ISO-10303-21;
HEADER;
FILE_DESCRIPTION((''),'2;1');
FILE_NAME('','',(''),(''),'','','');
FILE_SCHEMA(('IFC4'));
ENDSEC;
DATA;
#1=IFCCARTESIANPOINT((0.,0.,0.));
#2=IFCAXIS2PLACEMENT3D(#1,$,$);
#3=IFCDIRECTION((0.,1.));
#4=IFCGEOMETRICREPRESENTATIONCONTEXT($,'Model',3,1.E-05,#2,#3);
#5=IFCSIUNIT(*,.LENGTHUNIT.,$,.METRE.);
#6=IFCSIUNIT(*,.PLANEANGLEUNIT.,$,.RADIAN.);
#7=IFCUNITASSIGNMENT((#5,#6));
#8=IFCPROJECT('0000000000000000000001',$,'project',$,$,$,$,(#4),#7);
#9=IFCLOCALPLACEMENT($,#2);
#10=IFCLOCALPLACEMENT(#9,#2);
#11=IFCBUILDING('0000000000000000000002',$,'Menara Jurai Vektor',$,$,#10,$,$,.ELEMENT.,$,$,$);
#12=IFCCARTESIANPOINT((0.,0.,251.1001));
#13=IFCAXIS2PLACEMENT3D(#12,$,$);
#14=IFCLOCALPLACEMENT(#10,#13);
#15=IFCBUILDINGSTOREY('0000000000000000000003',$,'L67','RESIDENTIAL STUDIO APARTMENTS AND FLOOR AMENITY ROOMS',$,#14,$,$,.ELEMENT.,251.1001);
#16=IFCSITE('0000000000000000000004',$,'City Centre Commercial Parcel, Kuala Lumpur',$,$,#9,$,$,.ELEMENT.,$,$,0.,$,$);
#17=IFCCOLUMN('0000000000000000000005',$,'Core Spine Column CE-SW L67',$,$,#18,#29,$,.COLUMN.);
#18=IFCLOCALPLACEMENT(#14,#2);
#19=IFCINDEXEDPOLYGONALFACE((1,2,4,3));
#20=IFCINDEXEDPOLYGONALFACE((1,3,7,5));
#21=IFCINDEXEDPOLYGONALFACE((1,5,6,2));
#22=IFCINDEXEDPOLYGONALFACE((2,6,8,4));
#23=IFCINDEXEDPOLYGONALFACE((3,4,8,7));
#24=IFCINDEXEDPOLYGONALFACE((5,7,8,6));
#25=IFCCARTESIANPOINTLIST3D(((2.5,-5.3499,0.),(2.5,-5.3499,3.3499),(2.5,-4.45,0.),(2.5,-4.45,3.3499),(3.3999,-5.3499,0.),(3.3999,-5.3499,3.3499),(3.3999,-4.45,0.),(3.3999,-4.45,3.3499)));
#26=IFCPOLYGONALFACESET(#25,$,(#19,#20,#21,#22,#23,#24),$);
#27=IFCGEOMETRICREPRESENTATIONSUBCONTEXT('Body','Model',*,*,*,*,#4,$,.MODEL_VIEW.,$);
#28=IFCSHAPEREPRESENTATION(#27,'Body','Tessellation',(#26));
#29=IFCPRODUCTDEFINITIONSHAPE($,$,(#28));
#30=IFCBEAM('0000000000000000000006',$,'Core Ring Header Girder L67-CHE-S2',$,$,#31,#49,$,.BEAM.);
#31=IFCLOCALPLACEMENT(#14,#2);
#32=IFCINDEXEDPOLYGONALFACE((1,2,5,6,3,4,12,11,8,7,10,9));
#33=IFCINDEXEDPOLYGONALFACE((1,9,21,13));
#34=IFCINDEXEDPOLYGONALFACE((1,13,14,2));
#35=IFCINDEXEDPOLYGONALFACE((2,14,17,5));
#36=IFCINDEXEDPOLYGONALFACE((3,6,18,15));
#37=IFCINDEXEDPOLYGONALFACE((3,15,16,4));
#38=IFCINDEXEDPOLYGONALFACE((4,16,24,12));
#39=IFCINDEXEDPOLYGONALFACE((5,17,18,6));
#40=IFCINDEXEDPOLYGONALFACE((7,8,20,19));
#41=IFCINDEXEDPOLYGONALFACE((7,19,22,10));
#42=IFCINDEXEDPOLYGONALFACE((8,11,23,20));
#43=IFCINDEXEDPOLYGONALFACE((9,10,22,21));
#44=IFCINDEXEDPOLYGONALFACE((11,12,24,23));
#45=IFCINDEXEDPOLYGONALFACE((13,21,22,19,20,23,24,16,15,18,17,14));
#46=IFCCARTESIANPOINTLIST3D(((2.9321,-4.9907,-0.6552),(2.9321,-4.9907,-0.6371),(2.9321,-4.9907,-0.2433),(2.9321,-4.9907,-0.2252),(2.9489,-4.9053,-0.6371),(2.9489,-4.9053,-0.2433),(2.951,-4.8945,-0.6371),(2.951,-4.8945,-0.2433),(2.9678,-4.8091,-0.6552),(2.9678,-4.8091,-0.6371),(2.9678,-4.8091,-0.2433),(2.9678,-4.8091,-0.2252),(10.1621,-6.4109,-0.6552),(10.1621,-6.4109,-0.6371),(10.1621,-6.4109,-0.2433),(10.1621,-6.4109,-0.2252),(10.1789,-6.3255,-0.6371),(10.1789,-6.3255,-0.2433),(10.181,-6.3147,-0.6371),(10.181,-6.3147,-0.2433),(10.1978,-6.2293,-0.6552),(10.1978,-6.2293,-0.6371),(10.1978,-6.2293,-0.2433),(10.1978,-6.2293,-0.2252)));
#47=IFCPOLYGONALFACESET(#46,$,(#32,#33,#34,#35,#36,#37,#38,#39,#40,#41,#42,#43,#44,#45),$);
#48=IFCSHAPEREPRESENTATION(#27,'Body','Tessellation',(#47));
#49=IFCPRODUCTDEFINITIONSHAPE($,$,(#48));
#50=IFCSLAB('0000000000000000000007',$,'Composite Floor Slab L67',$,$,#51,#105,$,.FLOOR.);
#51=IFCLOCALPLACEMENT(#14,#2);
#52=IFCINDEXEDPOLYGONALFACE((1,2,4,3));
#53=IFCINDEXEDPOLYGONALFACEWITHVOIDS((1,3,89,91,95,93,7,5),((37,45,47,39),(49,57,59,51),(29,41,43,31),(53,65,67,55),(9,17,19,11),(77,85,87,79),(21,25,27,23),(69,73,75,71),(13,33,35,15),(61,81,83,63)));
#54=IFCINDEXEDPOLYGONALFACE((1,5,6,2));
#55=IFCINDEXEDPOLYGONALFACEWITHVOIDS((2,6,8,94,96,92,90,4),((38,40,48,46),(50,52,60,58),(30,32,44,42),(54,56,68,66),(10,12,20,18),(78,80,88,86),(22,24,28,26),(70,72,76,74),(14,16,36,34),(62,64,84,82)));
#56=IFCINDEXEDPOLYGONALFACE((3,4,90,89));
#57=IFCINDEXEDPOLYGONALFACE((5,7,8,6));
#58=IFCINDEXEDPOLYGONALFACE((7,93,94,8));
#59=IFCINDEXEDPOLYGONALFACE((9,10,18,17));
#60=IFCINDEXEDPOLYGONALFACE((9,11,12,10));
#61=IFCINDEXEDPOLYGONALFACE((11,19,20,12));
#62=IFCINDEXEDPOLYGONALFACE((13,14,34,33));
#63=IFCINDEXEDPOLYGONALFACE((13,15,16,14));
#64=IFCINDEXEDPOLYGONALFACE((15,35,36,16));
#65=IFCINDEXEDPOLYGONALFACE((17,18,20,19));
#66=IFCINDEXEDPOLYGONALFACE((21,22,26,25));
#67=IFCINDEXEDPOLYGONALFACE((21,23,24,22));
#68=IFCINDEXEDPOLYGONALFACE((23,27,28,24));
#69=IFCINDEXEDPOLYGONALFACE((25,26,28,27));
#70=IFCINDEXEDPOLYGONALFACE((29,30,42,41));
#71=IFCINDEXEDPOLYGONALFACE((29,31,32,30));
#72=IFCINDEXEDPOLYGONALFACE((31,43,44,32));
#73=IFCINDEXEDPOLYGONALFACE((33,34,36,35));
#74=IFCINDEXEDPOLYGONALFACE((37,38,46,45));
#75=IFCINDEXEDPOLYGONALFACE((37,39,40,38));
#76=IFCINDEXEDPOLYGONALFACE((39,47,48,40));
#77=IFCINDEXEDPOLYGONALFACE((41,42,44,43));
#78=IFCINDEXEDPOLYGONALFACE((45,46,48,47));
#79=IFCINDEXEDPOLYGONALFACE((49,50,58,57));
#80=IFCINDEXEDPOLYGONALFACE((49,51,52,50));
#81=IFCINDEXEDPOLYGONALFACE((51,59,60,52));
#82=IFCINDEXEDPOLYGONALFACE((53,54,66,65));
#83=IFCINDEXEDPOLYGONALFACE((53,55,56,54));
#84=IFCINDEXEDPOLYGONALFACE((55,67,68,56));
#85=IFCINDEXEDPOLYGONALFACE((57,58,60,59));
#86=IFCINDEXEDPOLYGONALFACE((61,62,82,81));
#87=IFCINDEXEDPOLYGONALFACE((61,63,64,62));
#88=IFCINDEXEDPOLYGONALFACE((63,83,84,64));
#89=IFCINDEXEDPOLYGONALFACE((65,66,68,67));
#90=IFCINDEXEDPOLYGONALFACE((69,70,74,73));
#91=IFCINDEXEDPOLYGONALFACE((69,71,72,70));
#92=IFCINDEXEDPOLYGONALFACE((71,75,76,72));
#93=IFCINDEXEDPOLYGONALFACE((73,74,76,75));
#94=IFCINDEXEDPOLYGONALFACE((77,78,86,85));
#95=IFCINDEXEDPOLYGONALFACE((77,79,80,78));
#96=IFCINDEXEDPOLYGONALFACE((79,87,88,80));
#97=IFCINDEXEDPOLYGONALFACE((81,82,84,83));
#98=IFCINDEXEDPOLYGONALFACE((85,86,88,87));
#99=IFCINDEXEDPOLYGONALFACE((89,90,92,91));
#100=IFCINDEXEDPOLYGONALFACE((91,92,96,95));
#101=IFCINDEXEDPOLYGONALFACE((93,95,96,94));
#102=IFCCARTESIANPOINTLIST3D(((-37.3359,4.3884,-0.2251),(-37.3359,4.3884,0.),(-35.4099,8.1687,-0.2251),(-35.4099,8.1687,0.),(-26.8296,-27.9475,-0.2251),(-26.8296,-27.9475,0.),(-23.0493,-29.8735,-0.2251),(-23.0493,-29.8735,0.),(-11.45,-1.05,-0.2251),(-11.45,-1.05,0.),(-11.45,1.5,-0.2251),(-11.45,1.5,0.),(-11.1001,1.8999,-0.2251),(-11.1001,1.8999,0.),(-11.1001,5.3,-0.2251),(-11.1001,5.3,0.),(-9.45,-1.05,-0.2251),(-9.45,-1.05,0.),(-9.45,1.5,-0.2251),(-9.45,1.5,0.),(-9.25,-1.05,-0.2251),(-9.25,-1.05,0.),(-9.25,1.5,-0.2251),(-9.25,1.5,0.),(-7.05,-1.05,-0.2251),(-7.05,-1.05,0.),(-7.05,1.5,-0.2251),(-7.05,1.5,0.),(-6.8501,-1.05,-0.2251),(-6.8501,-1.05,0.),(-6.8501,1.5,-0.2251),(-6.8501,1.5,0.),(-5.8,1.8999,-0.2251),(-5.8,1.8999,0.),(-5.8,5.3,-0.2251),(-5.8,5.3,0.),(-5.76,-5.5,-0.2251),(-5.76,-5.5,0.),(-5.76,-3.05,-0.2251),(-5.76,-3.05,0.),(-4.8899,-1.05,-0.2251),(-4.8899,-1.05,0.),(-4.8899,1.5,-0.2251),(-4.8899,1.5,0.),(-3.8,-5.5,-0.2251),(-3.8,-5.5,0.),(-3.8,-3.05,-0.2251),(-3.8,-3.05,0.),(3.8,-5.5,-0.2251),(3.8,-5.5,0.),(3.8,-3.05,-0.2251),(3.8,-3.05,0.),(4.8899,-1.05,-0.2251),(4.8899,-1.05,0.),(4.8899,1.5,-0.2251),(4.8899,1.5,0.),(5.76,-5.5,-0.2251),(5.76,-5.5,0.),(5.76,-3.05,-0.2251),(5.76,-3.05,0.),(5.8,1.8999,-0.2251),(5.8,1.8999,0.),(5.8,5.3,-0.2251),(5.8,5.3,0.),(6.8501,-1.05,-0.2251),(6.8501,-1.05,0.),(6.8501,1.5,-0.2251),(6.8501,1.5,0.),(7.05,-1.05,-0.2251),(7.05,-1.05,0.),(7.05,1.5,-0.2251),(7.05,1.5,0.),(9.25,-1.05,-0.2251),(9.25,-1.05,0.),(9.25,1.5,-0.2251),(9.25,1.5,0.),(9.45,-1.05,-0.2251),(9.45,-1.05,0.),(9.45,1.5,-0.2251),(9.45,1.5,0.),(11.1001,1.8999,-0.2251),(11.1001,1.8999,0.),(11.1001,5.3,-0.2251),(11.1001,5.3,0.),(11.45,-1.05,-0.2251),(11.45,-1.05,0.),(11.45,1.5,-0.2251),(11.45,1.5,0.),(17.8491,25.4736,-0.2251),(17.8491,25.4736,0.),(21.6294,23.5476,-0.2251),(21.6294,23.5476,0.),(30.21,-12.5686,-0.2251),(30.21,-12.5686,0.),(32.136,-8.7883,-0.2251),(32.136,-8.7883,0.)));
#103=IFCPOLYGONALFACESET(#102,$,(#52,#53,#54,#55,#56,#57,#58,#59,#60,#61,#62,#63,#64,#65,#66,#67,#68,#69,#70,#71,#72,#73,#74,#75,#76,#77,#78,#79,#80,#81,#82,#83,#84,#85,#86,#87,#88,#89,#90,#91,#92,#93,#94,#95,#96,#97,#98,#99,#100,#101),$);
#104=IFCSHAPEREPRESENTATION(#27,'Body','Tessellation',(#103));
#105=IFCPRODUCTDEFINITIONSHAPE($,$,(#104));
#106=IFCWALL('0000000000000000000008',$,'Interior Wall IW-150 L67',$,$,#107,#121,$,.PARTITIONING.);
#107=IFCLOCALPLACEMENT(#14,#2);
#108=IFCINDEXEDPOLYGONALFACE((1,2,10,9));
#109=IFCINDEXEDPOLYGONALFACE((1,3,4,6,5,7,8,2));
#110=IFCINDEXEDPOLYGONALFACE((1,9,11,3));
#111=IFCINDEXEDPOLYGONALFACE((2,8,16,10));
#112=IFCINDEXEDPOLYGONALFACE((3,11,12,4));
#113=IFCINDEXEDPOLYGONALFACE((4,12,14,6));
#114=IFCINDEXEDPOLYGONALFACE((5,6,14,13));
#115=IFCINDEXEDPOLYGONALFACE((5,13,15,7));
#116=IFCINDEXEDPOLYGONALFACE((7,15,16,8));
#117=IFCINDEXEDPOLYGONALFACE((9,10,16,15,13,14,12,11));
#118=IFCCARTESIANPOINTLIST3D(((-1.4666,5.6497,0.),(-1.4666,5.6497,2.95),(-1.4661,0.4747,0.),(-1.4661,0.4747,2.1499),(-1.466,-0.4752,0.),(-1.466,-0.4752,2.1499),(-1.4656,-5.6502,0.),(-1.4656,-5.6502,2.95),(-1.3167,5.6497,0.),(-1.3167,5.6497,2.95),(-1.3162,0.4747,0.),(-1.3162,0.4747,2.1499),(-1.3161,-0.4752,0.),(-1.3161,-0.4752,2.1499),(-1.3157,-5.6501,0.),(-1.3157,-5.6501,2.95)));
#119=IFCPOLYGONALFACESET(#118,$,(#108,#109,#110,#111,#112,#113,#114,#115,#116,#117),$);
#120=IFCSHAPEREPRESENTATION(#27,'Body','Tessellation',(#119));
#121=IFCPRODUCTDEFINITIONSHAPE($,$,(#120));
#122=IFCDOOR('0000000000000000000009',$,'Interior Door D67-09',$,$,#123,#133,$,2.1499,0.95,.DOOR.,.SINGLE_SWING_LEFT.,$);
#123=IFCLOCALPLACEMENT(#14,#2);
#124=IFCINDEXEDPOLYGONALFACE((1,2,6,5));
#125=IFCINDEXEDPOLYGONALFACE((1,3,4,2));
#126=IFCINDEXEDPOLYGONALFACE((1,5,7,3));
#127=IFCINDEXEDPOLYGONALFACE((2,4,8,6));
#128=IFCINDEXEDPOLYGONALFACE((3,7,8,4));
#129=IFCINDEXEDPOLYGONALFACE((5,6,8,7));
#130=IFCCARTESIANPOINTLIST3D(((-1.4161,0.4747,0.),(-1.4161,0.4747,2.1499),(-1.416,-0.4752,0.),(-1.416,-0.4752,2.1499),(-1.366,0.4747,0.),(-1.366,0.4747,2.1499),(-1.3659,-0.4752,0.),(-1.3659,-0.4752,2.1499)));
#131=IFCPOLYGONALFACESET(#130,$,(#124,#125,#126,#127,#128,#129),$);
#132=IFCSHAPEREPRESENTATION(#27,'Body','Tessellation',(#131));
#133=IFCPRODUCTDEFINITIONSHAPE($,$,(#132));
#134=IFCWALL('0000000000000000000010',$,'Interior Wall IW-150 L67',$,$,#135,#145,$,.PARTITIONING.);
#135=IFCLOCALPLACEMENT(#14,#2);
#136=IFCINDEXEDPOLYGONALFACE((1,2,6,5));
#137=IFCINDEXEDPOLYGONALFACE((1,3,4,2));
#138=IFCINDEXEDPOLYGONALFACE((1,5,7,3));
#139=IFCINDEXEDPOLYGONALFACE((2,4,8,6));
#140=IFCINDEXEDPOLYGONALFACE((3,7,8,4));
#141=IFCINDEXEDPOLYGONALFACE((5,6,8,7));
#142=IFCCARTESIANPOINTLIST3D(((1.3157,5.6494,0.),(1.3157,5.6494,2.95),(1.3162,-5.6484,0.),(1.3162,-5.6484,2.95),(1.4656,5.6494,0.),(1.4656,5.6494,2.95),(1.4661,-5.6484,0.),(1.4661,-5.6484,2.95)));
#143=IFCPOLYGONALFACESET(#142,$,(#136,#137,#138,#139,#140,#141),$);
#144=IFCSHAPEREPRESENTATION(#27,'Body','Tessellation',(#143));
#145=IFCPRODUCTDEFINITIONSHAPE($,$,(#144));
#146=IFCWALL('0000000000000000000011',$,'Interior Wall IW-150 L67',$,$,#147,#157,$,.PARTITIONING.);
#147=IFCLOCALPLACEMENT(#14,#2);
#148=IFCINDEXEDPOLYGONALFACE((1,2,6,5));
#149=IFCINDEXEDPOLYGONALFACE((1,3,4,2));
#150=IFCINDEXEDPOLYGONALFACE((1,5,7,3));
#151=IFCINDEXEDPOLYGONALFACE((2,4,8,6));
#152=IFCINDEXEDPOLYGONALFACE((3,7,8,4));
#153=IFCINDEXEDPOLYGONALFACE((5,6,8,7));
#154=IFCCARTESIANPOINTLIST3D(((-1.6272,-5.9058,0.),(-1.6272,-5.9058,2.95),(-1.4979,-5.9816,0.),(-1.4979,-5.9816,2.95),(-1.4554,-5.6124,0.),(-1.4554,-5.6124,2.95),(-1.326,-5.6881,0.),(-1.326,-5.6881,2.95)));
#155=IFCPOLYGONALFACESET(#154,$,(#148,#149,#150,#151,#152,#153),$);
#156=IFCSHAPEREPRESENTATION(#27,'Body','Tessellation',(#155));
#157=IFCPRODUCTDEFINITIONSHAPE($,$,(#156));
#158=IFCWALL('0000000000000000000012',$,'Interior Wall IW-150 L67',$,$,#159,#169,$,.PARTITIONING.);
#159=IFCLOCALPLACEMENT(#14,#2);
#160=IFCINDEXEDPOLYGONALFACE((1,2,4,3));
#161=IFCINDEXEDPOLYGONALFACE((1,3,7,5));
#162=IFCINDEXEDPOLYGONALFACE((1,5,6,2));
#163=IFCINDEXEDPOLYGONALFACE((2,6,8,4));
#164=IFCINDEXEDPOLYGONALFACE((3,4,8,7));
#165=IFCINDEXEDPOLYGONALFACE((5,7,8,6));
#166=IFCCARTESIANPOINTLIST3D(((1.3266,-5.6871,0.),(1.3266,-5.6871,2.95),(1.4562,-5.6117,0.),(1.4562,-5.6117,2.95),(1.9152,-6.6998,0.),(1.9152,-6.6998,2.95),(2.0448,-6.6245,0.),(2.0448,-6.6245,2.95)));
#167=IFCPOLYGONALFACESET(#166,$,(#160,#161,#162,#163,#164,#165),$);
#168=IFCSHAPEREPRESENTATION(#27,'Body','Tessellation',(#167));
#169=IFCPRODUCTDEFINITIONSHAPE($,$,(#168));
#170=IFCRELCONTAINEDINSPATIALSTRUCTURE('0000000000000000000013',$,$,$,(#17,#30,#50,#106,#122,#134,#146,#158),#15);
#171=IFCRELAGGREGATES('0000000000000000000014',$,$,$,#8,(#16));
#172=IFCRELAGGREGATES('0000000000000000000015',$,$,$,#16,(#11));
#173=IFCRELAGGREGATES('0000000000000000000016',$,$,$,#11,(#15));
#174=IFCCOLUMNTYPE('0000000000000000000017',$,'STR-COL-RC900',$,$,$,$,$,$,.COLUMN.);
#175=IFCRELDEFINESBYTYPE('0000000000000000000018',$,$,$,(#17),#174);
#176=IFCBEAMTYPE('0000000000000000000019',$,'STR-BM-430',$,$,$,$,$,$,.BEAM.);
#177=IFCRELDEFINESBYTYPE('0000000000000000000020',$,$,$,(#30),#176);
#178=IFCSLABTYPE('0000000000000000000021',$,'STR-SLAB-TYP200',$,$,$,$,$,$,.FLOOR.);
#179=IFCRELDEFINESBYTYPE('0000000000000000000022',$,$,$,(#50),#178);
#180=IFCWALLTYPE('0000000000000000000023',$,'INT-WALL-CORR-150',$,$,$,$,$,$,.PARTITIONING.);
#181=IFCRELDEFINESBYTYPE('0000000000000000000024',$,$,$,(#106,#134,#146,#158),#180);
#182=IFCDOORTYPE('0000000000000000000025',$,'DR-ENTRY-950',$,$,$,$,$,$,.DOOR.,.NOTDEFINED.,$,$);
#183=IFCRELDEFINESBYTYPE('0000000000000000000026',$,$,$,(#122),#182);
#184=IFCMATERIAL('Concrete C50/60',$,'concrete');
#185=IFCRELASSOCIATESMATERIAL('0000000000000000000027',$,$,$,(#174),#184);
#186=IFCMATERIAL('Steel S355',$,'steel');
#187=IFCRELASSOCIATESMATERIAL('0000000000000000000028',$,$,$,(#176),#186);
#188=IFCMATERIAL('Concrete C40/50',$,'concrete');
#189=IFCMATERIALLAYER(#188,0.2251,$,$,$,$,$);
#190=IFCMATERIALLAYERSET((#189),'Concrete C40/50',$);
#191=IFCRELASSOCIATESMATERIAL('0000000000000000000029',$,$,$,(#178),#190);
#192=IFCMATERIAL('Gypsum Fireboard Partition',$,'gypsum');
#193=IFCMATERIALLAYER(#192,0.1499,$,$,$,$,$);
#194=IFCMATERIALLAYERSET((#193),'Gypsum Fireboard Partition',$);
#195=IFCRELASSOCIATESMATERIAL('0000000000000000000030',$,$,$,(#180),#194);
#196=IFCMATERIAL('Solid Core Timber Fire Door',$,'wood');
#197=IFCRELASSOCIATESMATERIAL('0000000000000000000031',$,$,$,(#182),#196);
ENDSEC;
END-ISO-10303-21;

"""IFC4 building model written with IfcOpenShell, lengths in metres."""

from ifc_helpers import new_model, si_unit, direction, frame, frame_2d, origin, origin_2d, place, context, subcontext, project, spatial, polyline, rectangle, i_section, outline, extrude, material, layer, layer_set, material_profile, profile_set, type_object, element, fill, save


model = new_model("IFC4")

# Units and contexts
model_context = context("Model", 3, precision=1e-05, world=origin(), true_north=direction((0.0, 1.0)))
body_context = subcontext(model_context, "Body", "Model", "MODEL_VIEW")
ifc_project = project(units=[si_unit("LENGTHUNIT", "METRE"), si_unit("PLANEANGLEUNIT", "RADIAN")], contexts=[model_context])

# Site, building, storey
site_placement = place(None, origin())
site = spatial("IfcSite", under=ifc_project, at=site_placement, Name="City Centre Commercial Parcel, Kuala Lumpur", CompositionType="ELEMENT", RefElevation=0.0)
building_placement = place(site_placement, origin())
building = spatial("IfcBuilding", under=site, at=building_placement, Name="Menara Jurai Vektor", CompositionType="ELEMENT")
storey_placement = place(building_placement, frame((0.0, 0.0, 251.1001)))
storey = spatial("IfcBuildingStorey", under=building, at=storey_placement, Name="L67", Description="RESIDENTIAL STUDIO APARTMENTS AND FLOOR AMENITY ROOMS", CompositionType="ELEMENT", Elevation=251.1001)

# Column
ifc_material_1 = material(Name="Concrete C50/60", Category="concrete")
ifc_material_profile_1 = material_profile(ifc_material_1, rectangle(XDim=0.8999, YDim=0.8999, at=origin_2d()), Name="RC 900x900")
ifc_profile_set_1 = profile_set([ifc_material_profile_1], Name="Concrete C50/60")
column_type = type_object("IfcColumnType", Name="STR-COL-RC900", PredefinedType="COLUMN", material=ifc_profile_set_1)
column_placement = place(storey_placement, frame((2.95, -4.8999, 0.0), z_axis=(0.0, 0.0, 1.0), x_axis=(1.0, 0.0, 0.0)))
element("IfcColumn", 1, at=column_placement, inside=storey, type_object=column_type, Name="Core Spine Column CE-SW L67", PredefinedType="COLUMN", context=body_context, shape_type="SweptSolid", body=[
    extrude(rectangle(XDim=0.8999, YDim=0.8999, at=origin_2d()), origin(), (0.0, 0.0, 1.0), 3.3499),
])

# Beam
ifc_material_2 = material(Name="Steel S355", Category="steel")
ifc_material_profile_2 = material_profile(ifc_material_2, i_section(OverallWidth=0.1851, OverallDepth=0.4299, WebThickness=0.011, FlangeThickness=0.0181, at=origin_2d()), Name="PG 430x185x76")
ifc_profile_set_2 = profile_set([ifc_material_profile_2], Name="Steel S355")
beam_type = type_object("IfcBeamType", Name="STR-BM-430", PredefinedType="BEAM", material=ifc_profile_set_2)
beam_placement = place(storey_placement, frame((2.95, -4.8999, -0.4402), z_axis=(0.981249, -0.192744, 0.0), x_axis=(0.192744, 0.981249, 0.0)))
element("IfcBeam", 2, at=beam_placement, inside=storey, type_object=beam_type, Name="Core Ring Header Girder L67-CHE-S2", PredefinedType="BEAM", context=body_context, shape_type="SweptSolid", body=[
    extrude(i_section(OverallWidth=0.1851, OverallDepth=0.4299, WebThickness=0.011, FlangeThickness=0.0181, at=origin_2d()), origin(), (0.0, 0.0, 1.0), 7.3682),
])

# Slab
ifc_material_3 = material(Name="Concrete C40/50", Category="concrete")
ifc_layer_1 = layer(ifc_material_3, 0.2251)
ifc_layer_set_1 = layer_set([ifc_layer_1], Name="Concrete C40/50")
slab_type = type_object("IfcSlabType", Name="STR-SLAB-TYP200", PredefinedType="FLOOR", material=ifc_layer_set_1)
slab_placement = place(storey_placement, frame((0.0, 0.0, -0.2251)))
element("IfcSlab", 3, at=slab_placement, inside=storey, type_object=slab_type, Name="Composite Floor Slab L67", PredefinedType="FLOOR", context=body_context, shape_type="SweptSolid", body=[
    extrude(outline(polyline([(-23.0493, -29.8735), (30.21, -12.5686), (32.136, -8.7883), (21.6294, 23.5476), (17.8491, 25.4736), (-35.4099, 8.1687), (-37.3359, 4.3884), (-26.8296, -27.9475), (-23.0493, -29.8735)]), holes=[polyline([(-11.1001, 1.8999), (-11.1001, 5.3), (-5.8, 5.3), (-5.8, 1.8999), (-11.1001, 1.8999)]), polyline([(5.8, 1.8999), (5.8, 5.3), (11.1001, 5.3), (11.1001, 1.8999), (5.8, 1.8999)]), polyline([(-11.45, -1.05), (-11.45, 1.5), (-9.45, 1.5), (-9.45, -1.05), (-11.45, -1.05)]), polyline([(9.45, -1.05), (9.45, 1.5), (11.45, 1.5), (11.45, -1.05), (9.45, -1.05)]), polyline([(-5.76, -5.5), (-5.76, -3.05), (-3.8, -3.05), (-3.8, -5.5), (-5.76, -5.5)]), polyline([(-6.8501, -1.05), (-6.8501, 1.5), (-4.8899, 1.5), (-4.8899, -1.05), (-6.8501, -1.05)]), polyline([(3.8, -5.5), (3.8, -3.05), (5.76, -3.05), (5.76, -5.5), (3.8, -5.5)]), polyline([(4.8899, -1.05), (4.8899, 1.5), (6.8501, 1.5), (6.8501, -1.05), (4.8899, -1.05)]), polyline([(-9.25, -1.05), (-9.25, 1.5), (-7.05, 1.5), (-7.05, -1.05), (-9.25, -1.05)]), polyline([(7.05, -1.05), (7.05, 1.5), (9.25, 1.5), (9.25, -1.05), (7.05, -1.05)])]), origin(), (0.0, 0.0, 1.0), 0.2251),
])

# Wall, opening, door
ifc_material_4 = material(Name="Gypsum Fireboard Partition", Category="gypsum")
ifc_layer_2 = layer(ifc_material_4, 0.1499)
ifc_layer_set_2 = layer_set([ifc_layer_2], Name="Gypsum Fireboard Partition")
wall_type_1 = type_object("IfcWallType", Name="INT-WALL-CORR-150", PredefinedType="PARTITIONING", material=ifc_layer_set_2)
wall_1_placement = place(storey_placement, frame((-1.3906, -5.6501, 0.0), z_axis=(0.0, 0.0, 1.0), x_axis=(-0.000086, 1.0, 0.0)))
wall_1 = element("IfcWall", 4, at=wall_1_placement, inside=storey, type_object=wall_type_1, Name="Interior Wall IW-150 L67", PredefinedType="PARTITIONING", context=body_context, shape_type="SweptSolid", body=[
    extrude(rectangle(XDim=11.2998, YDim=0.1499, at=frame_2d((5.6499, 0.0))), origin(), (0.0, 0.0, 1.0), 2.95),
])
opening_placement = place(wall_1_placement, frame((5.1748, 0.0, 0.0)))
opening = element("IfcOpeningElement", 5, at=opening_placement, cuts=wall_1, PredefinedType="OPENING", context=body_context, shape_type="SweptSolid", body=[
    extrude(rectangle(XDim=0.95, YDim=2.1499, at=frame_2d((0.4751, 1.075))), frame((0.0, 0.085, 0.0), z_axis=(0.0, -1.0, 0.0), x_axis=(1.0, 0.0, 0.0)), (0.0, 0.0, 1.0), 0.1699),
])
ifc_material_5 = material(Name="Solid Core Timber Fire Door", Category="wood")
door_type = type_object("IfcDoorType", Name="DR-ENTRY-950", OperationType="NOTDEFINED", PredefinedType="DOOR", material=ifc_material_5)
door_placement = place(opening_placement, origin())
door = element("IfcDoor", 6, at=door_placement, inside=storey, type_object=door_type, Name="Interior Door D67-09", OperationType="SINGLE_SWING_LEFT", OverallHeight=2.1499, OverallWidth=0.95, PredefinedType="DOOR", context=body_context, shape_type="SweptSolid", body=[
    extrude(rectangle(XDim=0.95, YDim=2.1499, at=frame_2d((0.4751, 1.075))), frame((0.0, 0.0249, 0.0), z_axis=(0.0, -1.0, 0.0), x_axis=(1.0, 0.0, 0.0)), (0.0, 0.0, 1.0), 0.05),
])
fill(opening, door)

# Walls
wall_2_placement = place(storey_placement, frame((1.3911, -5.6484, 0.0), z_axis=(0.0, 0.0, 1.0), x_axis=(-0.000043, 1.0, 0.0)))
element("IfcWall", 7, at=wall_2_placement, inside=storey, type_object=wall_type_1, Name="Interior Wall IW-150 L67", PredefinedType="PARTITIONING", context=body_context, shape_type="SweptSolid", body=[
    extrude(rectangle(XDim=11.2979, YDim=0.1499, at=frame_2d((5.6489, 0.0))), origin(), (0.0, 0.0, 1.0), 2.95),
])
wall_3_placement = place(storey_placement, frame((-1.5625, -5.9436, 0.0), z_axis=(0.0, 0.0, 1.0), x_axis=(0.505388, 0.862892, 0.0)))
element("IfcWall", 8, at=wall_3_placement, inside=storey, type_object=wall_type_1, Name="Interior Wall IW-150 L67", PredefinedType="PARTITIONING", context=body_context, shape_type="SweptSolid", body=[
    extrude(rectangle(XDim=0.3401, YDim=0.1499, at=frame_2d((0.1699, 0.0))), origin(), (0.0, 0.0, 1.0), 2.95),
])
wall_4_placement = place(storey_placement, frame((1.3914, -5.6494, 0.0), z_axis=(0.0, 0.0, 1.0), x_axis=(0.502523, -0.864564, 0.0)))
element("IfcWall", 9, at=wall_4_placement, inside=storey, type_object=wall_type_1, Name="Interior Wall IW-150 L67", PredefinedType="PARTITIONING", context=body_context, shape_type="SweptSolid", body=[
    extrude(rectangle(XDim=1.1714, YDim=0.1499, at=frame_2d((0.5857, 0.0))), origin(), (0.0, 0.0, 1.0), 2.95),
])

save(model, "model.ifc")
